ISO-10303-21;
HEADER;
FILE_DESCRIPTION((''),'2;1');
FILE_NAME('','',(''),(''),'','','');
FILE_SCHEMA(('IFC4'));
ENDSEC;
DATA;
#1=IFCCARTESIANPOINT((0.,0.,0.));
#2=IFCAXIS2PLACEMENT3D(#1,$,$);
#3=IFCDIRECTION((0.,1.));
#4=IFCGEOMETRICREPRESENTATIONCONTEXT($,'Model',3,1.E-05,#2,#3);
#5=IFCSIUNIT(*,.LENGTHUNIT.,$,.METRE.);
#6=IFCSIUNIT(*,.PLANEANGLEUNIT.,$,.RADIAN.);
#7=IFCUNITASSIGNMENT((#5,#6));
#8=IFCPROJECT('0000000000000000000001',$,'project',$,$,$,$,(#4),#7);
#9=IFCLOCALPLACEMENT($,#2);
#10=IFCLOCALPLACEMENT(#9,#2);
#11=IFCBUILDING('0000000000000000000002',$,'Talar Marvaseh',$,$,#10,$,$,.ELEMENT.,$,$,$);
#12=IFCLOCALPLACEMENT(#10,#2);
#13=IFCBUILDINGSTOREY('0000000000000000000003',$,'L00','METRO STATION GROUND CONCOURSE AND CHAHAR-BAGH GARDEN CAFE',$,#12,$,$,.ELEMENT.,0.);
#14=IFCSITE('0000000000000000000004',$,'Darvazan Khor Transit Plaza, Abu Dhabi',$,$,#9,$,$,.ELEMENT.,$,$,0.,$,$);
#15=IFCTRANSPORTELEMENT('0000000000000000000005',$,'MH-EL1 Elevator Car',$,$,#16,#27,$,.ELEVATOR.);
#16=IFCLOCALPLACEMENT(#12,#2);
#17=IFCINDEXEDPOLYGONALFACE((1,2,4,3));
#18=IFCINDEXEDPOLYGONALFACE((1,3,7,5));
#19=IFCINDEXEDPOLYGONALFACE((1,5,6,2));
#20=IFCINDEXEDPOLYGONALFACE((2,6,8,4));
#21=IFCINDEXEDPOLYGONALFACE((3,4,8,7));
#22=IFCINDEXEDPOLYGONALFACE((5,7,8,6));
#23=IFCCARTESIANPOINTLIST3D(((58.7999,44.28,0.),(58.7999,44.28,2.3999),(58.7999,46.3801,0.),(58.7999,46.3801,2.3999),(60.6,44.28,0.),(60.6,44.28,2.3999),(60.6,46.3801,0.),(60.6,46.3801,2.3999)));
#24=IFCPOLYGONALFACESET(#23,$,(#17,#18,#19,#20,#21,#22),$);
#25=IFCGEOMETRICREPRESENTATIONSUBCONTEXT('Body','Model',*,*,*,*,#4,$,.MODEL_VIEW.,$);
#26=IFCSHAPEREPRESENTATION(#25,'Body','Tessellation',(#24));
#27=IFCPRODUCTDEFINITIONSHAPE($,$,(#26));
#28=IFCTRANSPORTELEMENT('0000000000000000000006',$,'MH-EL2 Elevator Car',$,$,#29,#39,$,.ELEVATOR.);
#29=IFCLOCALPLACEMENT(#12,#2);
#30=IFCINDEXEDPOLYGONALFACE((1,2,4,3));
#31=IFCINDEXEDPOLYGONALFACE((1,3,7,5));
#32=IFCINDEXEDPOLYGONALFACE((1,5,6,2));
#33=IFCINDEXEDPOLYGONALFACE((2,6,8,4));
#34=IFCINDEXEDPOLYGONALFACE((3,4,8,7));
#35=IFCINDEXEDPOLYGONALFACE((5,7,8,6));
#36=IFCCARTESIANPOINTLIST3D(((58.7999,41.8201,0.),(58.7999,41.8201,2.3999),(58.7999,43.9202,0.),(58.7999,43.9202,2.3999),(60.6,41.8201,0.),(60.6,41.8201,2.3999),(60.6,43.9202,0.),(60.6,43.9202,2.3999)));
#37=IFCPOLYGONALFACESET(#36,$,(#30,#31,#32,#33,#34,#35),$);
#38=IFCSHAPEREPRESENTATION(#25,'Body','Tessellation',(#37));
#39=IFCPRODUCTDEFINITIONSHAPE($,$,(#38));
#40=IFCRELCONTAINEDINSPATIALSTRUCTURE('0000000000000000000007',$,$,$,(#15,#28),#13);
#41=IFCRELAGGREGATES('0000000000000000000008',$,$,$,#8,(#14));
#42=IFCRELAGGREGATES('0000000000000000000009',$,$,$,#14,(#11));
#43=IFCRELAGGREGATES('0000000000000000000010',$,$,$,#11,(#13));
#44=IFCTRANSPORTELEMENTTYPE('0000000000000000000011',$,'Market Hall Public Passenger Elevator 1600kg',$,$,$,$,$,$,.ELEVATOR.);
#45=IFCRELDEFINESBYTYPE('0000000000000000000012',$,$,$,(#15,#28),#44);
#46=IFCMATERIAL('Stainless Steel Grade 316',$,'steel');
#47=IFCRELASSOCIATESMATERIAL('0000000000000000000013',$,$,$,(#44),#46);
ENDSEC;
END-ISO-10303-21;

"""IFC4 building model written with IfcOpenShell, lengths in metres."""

from ifc_helpers import new_model, si_unit, direction, frame, origin, origin_2d, place, context, subcontext, project, spatial, rectangle, extrude, source, transform, mapped, material, type_object, type_shapes, element, save


model = new_model("IFC4")

# Units and contexts
model_context = context("Model", 3, precision=1e-05, world=origin(), true_north=direction((0.0, 1.0)))
body_context = subcontext(model_context, "Body", "Model", "MODEL_VIEW")
ifc_project = project(units=[si_unit("LENGTHUNIT", "METRE"), si_unit("PLANEANGLEUNIT", "RADIAN")], contexts=[model_context])

# Site, building, storey
site_placement = place(None, origin())
site = spatial("IfcSite", under=ifc_project, at=site_placement, Name="Darvazan Khor Transit Plaza, Abu Dhabi", CompositionType="ELEMENT", RefElevation=0.0)
building_placement = place(site_placement, origin())
building = spatial("IfcBuilding", under=site, at=building_placement, Name="Talar Marvaseh", CompositionType="ELEMENT")
storey_placement = place(building_placement, origin())
storey = spatial("IfcBuildingStorey", under=building, at=storey_placement, Name="L00", Description="METRO STATION GROUND CONCOURSE AND CHAHAR-BAGH GARDEN CAFE", CompositionType="ELEMENT", Elevation=0.0)

# Shared definitions
ifc_material_1 = material(Name="Stainless Steel Grade 316", Category="steel")

# Transport elements
transport_element_type = type_object("IfcTransportElementType", Name="Market Hall Public Passenger Elevator 1600kg", PredefinedType="ELEVATOR", material=ifc_material_1)
shared_shape_1 = source(origin(), body_context, "Body", "SweptSolid", [
    extrude(rectangle(XDim=1.8, YDim=2.1001, at=origin_2d()), origin(), (0.0, 0.0, 1.0), 2.3999),
])
type_shapes(transport_element_type, [shared_shape_1])
for number, where, z_axis, x_axis, name in (
    (1, (59.7, 45.3301, 0.0), (0.0, 0.0, 1.0), (1.0, 0.0, 0.0), "MH-EL1 Elevator Car"),
    (2, (59.7, 42.8701, 0.0), (0.0, 0.0, 1.0), (1.0, 0.0, 0.0), "MH-EL2 Elevator Car"),
):
    element("IfcTransportElement", number, at=place(storey_placement, frame(where, z_axis=z_axis, x_axis=x_axis)), inside=storey, type_object=transport_element_type, Name=name, PredefinedType="ELEVATOR", context=body_context, shape_type="MappedRepresentation", body=[
        mapped(shared_shape_1, transform((0.0, 0.0, 0.0), x_axis=(1.0, 0.0, 0.0), y_axis=(0.0, 1.0, 0.0), z_axis=(0.0, 0.0, 1.0), scale=1.0)),
    ])

save(model, "model.ifc")
